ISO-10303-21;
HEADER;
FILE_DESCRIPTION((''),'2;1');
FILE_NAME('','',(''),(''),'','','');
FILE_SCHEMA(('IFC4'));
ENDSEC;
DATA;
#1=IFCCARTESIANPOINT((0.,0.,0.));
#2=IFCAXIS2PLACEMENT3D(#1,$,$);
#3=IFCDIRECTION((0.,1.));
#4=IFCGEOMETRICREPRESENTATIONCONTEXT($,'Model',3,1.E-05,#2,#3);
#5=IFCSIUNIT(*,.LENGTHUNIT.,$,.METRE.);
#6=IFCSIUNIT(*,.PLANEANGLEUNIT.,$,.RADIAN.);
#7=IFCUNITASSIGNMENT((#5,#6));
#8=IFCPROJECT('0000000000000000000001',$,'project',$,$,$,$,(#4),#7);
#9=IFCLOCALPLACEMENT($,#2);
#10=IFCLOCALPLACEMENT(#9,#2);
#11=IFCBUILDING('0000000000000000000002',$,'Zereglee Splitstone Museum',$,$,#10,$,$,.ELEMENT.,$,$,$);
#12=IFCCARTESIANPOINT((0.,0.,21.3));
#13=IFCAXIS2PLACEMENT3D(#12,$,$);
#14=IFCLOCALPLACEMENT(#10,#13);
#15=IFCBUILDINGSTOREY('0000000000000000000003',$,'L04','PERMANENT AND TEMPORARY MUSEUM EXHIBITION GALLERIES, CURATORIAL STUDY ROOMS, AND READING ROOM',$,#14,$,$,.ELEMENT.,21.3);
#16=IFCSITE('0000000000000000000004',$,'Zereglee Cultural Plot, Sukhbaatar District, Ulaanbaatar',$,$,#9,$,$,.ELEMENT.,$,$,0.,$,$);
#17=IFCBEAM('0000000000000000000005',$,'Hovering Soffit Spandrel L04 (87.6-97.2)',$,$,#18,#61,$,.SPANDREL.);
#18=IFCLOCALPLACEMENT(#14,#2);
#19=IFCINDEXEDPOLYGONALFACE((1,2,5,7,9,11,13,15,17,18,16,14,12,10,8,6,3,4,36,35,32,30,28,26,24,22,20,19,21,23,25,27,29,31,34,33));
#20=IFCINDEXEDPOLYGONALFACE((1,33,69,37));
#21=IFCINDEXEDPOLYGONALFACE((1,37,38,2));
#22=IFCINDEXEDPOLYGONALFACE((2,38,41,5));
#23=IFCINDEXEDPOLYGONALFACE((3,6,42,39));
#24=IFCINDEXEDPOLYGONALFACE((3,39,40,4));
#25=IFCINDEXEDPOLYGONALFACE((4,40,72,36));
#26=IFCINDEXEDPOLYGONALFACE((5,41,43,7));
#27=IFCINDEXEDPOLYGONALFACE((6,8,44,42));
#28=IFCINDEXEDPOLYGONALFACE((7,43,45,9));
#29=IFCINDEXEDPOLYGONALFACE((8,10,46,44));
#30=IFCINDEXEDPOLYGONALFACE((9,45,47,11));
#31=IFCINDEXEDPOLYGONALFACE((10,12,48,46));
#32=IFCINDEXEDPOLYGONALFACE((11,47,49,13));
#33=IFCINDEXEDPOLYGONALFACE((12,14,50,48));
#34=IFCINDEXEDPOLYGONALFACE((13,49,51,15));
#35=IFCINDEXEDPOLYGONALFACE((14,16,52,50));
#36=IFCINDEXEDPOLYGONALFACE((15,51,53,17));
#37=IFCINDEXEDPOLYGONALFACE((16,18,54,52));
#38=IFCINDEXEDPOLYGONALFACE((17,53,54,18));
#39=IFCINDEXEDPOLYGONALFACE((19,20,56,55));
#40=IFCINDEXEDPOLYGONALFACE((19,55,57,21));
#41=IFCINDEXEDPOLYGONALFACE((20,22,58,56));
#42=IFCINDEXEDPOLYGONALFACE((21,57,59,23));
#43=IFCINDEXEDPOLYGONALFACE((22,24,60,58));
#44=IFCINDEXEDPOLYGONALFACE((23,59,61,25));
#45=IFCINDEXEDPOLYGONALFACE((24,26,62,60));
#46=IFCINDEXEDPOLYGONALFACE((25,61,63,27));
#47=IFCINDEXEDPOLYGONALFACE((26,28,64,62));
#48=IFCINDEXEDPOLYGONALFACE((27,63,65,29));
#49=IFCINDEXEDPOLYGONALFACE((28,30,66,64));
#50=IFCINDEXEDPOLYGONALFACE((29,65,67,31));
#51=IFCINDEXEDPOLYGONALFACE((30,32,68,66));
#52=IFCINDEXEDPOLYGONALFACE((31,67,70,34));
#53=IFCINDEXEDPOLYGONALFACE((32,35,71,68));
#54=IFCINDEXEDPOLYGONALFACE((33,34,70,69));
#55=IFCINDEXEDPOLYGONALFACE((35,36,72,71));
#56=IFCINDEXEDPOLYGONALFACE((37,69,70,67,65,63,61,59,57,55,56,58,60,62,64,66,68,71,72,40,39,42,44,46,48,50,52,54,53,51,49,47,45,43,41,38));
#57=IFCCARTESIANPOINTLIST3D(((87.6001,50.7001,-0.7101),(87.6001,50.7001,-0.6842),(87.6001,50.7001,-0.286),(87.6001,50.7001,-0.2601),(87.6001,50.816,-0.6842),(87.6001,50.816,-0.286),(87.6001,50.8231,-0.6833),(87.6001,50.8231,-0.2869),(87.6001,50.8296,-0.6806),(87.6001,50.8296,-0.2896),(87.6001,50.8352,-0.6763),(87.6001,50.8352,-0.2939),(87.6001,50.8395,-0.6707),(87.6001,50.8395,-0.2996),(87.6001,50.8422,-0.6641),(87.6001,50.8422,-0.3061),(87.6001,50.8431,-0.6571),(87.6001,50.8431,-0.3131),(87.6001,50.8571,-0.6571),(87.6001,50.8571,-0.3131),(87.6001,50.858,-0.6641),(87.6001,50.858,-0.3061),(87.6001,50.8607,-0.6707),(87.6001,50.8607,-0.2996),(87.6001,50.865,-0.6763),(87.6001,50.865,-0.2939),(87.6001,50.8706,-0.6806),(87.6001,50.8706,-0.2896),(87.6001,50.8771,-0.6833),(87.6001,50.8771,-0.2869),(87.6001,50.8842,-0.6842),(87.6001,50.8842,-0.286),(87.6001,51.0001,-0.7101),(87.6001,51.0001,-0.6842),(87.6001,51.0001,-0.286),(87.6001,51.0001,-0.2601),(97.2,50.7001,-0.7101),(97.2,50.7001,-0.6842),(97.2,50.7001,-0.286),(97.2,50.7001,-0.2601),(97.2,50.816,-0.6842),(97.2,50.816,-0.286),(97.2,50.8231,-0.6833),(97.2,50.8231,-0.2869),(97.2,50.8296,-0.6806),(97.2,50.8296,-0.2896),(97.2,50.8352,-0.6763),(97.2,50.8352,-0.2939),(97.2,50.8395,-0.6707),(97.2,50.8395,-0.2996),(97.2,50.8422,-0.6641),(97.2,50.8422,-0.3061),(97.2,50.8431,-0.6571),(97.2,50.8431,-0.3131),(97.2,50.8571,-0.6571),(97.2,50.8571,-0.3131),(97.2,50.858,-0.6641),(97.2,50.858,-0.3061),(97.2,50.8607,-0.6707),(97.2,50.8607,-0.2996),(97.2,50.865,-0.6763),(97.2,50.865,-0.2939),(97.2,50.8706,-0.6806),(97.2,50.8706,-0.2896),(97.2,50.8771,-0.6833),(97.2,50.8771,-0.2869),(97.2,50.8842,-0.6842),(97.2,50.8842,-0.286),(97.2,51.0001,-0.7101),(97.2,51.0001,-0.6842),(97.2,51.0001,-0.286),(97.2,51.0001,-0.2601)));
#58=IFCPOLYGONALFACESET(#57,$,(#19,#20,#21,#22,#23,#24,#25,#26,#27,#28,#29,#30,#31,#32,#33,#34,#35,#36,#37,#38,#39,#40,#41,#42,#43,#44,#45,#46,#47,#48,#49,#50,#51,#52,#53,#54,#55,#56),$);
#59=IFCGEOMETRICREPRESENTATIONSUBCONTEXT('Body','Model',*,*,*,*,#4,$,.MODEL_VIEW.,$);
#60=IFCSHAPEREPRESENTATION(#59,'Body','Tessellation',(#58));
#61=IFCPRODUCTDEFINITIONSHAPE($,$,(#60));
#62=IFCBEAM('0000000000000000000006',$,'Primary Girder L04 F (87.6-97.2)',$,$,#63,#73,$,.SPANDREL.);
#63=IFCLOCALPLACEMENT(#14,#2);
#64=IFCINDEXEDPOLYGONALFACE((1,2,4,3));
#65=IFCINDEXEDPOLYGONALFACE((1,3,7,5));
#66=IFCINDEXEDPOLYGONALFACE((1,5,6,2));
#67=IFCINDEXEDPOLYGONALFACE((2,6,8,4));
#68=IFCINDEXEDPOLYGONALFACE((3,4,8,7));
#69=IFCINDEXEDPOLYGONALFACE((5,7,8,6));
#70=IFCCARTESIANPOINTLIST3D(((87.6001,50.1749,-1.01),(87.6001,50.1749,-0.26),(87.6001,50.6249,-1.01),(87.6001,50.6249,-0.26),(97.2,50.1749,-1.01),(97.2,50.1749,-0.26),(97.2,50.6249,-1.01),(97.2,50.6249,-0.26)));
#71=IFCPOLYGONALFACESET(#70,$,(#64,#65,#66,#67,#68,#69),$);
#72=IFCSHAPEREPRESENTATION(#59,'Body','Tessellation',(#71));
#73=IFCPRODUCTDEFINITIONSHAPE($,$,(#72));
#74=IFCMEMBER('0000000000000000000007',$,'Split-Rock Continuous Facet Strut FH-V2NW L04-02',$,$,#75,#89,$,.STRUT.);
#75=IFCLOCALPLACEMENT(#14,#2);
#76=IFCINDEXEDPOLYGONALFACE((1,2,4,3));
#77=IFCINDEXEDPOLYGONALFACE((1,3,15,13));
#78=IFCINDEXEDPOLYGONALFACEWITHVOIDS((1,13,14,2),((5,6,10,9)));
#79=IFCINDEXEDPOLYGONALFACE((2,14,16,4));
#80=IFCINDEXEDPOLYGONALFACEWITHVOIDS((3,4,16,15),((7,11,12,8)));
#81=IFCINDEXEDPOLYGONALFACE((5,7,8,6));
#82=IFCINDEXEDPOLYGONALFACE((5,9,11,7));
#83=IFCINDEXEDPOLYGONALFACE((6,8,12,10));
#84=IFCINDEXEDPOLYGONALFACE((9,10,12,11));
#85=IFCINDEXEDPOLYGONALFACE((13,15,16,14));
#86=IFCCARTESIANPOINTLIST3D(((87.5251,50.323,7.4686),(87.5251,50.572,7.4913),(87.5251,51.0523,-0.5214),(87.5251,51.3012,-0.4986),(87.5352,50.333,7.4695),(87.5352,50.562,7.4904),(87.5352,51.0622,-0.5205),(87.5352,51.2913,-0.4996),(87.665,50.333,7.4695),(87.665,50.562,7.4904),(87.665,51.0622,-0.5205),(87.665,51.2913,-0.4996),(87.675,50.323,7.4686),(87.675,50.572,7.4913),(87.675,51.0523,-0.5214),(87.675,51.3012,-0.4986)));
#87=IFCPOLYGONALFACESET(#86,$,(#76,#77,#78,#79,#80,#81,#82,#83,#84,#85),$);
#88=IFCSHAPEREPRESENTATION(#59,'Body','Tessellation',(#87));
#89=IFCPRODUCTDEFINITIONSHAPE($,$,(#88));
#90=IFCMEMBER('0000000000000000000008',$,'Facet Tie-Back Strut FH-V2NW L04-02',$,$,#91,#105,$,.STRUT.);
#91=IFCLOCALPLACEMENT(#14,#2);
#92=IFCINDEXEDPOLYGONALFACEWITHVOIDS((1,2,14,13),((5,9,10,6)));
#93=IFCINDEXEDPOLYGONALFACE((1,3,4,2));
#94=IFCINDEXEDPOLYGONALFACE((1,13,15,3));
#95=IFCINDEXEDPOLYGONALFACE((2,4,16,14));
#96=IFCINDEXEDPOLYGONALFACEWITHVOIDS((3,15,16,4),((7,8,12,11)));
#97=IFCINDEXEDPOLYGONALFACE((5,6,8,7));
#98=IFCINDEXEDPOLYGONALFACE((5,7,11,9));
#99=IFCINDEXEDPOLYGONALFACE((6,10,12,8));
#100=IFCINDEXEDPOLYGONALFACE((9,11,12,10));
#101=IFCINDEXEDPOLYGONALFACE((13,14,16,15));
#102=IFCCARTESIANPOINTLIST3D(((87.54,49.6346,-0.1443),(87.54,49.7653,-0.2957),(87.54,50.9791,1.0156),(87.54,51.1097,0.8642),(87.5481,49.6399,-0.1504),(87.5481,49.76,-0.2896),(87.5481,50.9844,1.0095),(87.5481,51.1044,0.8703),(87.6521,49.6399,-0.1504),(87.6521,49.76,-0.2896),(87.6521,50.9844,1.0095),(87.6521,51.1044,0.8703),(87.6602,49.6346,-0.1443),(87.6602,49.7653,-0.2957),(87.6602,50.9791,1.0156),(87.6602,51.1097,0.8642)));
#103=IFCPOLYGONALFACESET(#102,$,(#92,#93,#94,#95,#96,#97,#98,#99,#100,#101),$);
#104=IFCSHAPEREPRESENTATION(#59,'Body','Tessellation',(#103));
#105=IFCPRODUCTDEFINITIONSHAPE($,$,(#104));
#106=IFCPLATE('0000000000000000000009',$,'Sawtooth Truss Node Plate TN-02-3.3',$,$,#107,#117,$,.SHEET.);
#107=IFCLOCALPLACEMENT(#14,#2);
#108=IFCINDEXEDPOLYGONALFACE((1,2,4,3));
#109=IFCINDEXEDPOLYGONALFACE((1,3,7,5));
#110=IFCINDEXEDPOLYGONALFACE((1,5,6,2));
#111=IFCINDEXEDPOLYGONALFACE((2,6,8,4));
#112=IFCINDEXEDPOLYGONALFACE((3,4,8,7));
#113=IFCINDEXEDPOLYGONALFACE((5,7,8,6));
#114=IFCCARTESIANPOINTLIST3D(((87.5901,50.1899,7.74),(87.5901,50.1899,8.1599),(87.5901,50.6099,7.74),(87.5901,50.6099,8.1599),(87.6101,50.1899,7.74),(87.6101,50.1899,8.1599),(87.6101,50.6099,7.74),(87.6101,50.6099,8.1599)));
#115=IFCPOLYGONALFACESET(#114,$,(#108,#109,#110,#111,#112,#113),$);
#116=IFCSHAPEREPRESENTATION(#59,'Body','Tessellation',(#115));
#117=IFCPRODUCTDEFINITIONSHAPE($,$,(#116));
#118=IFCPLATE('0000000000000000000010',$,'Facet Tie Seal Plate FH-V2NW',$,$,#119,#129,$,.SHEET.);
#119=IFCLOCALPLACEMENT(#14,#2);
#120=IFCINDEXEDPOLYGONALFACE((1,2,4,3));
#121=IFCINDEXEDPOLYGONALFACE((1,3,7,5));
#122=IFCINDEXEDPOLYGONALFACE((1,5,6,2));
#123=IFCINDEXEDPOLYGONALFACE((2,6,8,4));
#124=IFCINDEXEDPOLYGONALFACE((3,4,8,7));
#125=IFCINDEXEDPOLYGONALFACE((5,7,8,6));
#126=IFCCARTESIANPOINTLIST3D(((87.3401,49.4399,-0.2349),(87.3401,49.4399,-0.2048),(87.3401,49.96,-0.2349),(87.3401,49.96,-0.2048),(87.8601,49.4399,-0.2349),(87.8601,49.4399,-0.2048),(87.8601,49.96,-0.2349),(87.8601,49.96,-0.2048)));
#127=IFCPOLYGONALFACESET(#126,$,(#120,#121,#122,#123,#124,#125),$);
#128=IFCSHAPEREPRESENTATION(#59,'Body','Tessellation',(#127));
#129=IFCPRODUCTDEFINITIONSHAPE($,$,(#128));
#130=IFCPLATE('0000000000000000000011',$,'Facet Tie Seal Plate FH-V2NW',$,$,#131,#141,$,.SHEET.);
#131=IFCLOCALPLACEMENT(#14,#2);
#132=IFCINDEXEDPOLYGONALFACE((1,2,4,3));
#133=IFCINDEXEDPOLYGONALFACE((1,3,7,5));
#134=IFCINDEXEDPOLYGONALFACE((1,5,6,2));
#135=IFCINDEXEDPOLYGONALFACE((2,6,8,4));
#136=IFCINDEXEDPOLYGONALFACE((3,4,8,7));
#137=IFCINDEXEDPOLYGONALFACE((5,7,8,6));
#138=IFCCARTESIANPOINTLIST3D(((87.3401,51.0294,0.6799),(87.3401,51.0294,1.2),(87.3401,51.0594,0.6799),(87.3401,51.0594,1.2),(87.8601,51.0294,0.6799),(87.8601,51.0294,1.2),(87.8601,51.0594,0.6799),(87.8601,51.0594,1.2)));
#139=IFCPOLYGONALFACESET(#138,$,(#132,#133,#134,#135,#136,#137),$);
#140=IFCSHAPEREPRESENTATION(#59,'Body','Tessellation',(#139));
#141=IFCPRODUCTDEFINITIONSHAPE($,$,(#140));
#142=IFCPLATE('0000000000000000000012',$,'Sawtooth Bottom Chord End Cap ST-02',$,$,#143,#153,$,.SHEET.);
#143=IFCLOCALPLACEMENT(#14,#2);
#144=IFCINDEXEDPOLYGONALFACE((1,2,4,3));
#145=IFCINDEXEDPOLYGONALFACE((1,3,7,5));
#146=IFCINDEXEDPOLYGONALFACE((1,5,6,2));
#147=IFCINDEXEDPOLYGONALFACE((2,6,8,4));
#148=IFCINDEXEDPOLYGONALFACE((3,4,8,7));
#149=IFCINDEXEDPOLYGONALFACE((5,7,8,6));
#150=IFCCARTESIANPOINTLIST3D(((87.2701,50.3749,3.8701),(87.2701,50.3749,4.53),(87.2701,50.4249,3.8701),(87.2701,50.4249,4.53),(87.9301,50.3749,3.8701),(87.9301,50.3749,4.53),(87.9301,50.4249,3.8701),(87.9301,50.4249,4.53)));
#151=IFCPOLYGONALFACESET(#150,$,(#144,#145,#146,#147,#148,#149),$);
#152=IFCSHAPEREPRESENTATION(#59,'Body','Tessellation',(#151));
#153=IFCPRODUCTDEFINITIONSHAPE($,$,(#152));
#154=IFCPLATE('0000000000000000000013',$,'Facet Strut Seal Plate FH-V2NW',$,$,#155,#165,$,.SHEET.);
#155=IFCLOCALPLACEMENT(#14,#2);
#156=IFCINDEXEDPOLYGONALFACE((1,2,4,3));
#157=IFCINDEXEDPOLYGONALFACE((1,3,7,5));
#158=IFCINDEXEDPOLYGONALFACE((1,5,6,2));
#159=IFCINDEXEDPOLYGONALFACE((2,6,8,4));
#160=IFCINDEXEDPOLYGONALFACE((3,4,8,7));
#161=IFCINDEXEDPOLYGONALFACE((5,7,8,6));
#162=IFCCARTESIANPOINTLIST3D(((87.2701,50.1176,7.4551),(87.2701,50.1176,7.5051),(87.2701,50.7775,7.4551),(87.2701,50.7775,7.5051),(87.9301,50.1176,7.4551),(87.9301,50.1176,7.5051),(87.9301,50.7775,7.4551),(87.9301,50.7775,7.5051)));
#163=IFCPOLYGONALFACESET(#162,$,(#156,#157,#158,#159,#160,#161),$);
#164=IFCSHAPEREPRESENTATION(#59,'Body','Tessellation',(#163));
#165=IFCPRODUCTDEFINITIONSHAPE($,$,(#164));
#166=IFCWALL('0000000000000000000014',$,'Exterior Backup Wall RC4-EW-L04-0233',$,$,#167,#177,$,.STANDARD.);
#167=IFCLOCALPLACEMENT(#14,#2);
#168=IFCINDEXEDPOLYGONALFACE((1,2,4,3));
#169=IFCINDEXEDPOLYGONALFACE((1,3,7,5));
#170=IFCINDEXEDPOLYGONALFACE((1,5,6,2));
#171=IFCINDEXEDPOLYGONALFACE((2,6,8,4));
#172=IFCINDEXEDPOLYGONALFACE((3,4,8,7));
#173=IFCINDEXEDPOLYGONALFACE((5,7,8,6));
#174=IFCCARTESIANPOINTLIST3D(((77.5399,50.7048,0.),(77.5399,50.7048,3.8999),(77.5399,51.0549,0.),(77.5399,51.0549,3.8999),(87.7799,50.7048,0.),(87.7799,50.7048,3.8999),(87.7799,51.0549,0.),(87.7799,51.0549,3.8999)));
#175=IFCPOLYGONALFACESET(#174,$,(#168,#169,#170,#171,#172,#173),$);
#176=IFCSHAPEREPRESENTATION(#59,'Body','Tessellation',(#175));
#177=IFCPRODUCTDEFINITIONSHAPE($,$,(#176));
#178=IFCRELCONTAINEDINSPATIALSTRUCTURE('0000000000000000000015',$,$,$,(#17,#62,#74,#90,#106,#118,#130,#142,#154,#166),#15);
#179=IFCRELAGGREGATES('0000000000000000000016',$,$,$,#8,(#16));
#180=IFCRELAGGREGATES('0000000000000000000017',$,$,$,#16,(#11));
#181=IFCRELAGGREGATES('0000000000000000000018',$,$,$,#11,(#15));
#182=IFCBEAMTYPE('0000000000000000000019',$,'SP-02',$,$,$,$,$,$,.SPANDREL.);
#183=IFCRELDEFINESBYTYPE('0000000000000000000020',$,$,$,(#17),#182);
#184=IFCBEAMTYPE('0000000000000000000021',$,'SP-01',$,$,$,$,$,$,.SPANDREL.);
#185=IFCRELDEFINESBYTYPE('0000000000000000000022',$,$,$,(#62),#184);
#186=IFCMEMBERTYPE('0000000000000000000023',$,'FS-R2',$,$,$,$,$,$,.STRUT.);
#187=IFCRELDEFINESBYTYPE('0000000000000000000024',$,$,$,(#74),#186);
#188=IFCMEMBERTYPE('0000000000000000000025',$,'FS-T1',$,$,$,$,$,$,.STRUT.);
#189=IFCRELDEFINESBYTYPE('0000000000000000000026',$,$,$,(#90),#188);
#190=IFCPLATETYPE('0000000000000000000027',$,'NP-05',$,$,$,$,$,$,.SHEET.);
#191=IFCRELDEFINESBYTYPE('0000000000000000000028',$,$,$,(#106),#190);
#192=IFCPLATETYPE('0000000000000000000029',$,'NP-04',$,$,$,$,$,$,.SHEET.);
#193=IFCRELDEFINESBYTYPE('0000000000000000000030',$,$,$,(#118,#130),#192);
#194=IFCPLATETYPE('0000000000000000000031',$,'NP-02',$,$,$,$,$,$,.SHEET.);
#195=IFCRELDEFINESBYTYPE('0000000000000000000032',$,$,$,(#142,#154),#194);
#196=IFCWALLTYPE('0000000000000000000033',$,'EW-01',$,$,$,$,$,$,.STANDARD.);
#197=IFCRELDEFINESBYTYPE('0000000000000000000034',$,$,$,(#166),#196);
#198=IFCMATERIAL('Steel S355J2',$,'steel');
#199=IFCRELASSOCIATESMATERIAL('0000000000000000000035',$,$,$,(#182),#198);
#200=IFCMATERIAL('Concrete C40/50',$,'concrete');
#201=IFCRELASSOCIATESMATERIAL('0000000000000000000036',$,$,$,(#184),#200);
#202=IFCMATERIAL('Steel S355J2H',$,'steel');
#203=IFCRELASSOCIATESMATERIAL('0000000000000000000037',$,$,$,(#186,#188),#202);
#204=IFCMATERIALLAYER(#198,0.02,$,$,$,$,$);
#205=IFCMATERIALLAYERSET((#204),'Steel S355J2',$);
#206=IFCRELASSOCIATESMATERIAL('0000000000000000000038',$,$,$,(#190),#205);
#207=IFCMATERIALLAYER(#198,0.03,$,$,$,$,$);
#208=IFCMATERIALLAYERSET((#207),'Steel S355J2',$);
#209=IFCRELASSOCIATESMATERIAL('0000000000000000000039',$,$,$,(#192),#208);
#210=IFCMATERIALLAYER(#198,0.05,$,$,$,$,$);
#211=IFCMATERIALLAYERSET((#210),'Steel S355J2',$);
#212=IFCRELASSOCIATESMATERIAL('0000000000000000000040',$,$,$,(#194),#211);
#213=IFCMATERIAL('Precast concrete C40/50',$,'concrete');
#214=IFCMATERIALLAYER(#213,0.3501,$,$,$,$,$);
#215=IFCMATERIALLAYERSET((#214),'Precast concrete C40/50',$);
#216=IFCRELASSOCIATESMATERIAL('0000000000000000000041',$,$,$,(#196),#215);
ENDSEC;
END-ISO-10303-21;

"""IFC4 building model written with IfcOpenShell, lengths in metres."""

from ifc_helpers import new_model, si_unit, direction, frame, frame_2d, origin, origin_2d, place, context, subcontext, project, spatial, rectangle, hollow_rectangle, i_section, extrude, material, layer, layer_set, material_profile, profile_set, type_object, element, save


model = new_model("IFC4")

# Units and contexts
model_context = context("Model", 3, precision=1e-05, world=origin(), true_north=direction((0.0, 1.0)))
body_context = subcontext(model_context, "Body", "Model", "MODEL_VIEW")
ifc_project = project(units=[si_unit("LENGTHUNIT", "METRE"), si_unit("PLANEANGLEUNIT", "RADIAN")], contexts=[model_context])

# Site, building, storey
site_placement = place(None, origin())
site = spatial("IfcSite", under=ifc_project, at=site_placement, Name="Zereglee Cultural Plot, Sukhbaatar District, Ulaanbaatar", CompositionType="ELEMENT", RefElevation=0.0)
building_placement = place(site_placement, origin())
building = spatial("IfcBuilding", under=site, at=building_placement, Name="Zereglee Splitstone Museum", CompositionType="ELEMENT")
storey_placement = place(building_placement, frame((0.0, 0.0, 21.3)))
storey = spatial("IfcBuildingStorey", under=building, at=storey_placement, Name="L04", Description="PERMANENT AND TEMPORARY MUSEUM EXHIBITION GALLERIES, CURATORIAL STUDY ROOMS, AND READING ROOM", CompositionType="ELEMENT", Elevation=21.3)

# Shared definitions
ifc_material_1 = material(Name="Steel S355J2", Category="steel")

# Shared definitions
ifc_material_2 = material(Name="Steel S355J2H", Category="steel")

# Beams
ifc_material_profile_1 = material_profile(ifc_material_1, i_section(OverallWidth=0.3, OverallDepth=0.45, WebThickness=0.0139, FlangeThickness=0.0259, FilletRadius=0.0271, at=origin_2d()), Name="HE 450 B")
ifc_profile_set_1 = profile_set([ifc_material_profile_1], Name="Steel S355J2")
beam_type_1 = type_object("IfcBeamType", Name="SP-02", PredefinedType="SPANDREL", material=ifc_profile_set_1)
beam_1_placement = place(storey_placement, frame((87.6001, 50.8501, -0.4851), z_axis=(1.0, 0.0, 0.0), x_axis=(0.0, 1.0, 0.0)))
element("IfcBeam", 1, at=beam_1_placement, inside=storey, type_object=beam_type_1, Name="Hovering Soffit Spandrel L04 (87.6-97.2)", PredefinedType="SPANDREL", context=body_context, shape_type="SweptSolid", body=[
    extrude(i_section(OverallWidth=0.3, OverallDepth=0.45, WebThickness=0.0139, FlangeThickness=0.0259, FilletRadius=0.0271, at=origin_2d()), origin(), (0.0, 0.0, 1.0), 9.5999),
])
ifc_material_3 = material(Name="Concrete C40/50", Category="concrete")
ifc_material_profile_2 = material_profile(ifc_material_3, rectangle(XDim=0.45, YDim=0.75, at=origin_2d()), Name="RC 450x750")
ifc_profile_set_2 = profile_set([ifc_material_profile_2], Name="Concrete C40/50")
beam_type_2 = type_object("IfcBeamType", Name="SP-01", PredefinedType="SPANDREL", material=ifc_profile_set_2)
beam_2_placement = place(storey_placement, frame((87.6001, 50.3999, -0.635), z_axis=(1.0, 0.0, 0.0), x_axis=(0.0, 1.0, 0.0)))
element("IfcBeam", 2, at=beam_2_placement, inside=storey, type_object=beam_type_2, Name="Primary Girder L04 F (87.6-97.2)", PredefinedType="SPANDREL", context=body_context, shape_type="SweptSolid", body=[
    extrude(rectangle(XDim=0.45, YDim=0.75, at=origin_2d()), origin(), (0.0, 0.0, 1.0), 9.5999),
])

# Members
ifc_material_profile_3 = material_profile(ifc_material_2, hollow_rectangle(XDim=0.1499, YDim=0.25, WallThickness=0.01, at=origin_2d()), Name="RHS 250x150x10")
ifc_profile_set_3 = profile_set([ifc_material_profile_3], Name="Steel S355J2H")
member_type_1 = type_object("IfcMemberType", Name="FS-R2", PredefinedType="STRUT", material=ifc_profile_set_3)
member_1_placement = place(storey_placement, frame((87.6001, 51.1768, -0.51), z_axis=(0.0, -0.090892, 0.995861), x_axis=(1.0, 0.0, 0.0)))
element("IfcMember", 3, at=member_1_placement, inside=storey, type_object=member_type_1, Name="Split-Rock Continuous Facet Strut FH-V2NW L04-02", PredefinedType="STRUT", context=body_context, shape_type="SweptSolid", body=[
    extrude(hollow_rectangle(XDim=0.1499, YDim=0.25, WallThickness=0.01, at=origin_2d()), origin(), (0.0, 0.0, 1.0), 8.0232),
])
ifc_material_profile_4 = material_profile(ifc_material_2, hollow_rectangle(XDim=0.1201, YDim=0.2, WallThickness=0.0081, at=origin_2d()), Name="RHS 200x120x8")
ifc_profile_set_4 = profile_set([ifc_material_profile_4], Name="Steel S355J2H")
member_type_2 = type_object("IfcMemberType", Name="FS-T1", PredefinedType="STRUT", material=ifc_profile_set_4)
member_2_placement = place(storey_placement, frame((87.6001, 49.7, -0.22), z_axis=(0.0, 0.757166, 0.653222), x_axis=(-1.0, 0.0, 0.0)))
element("IfcMember", 4, at=member_2_placement, inside=storey, type_object=member_type_2, Name="Facet Tie-Back Strut FH-V2NW L04-02", PredefinedType="STRUT", context=body_context, shape_type="SweptSolid", body=[
    extrude(hollow_rectangle(XDim=0.1201, YDim=0.2, WallThickness=0.0081, at=origin_2d()), origin(), (0.0, 0.0, 1.0), 1.7756),
])

# Plates
ifc_layer_1 = layer(ifc_material_1, 0.02)
ifc_layer_set_1 = layer_set([ifc_layer_1], Name="Steel S355J2")
plate_type_1 = type_object("IfcPlateType", Name="NP-05", PredefinedType="SHEET", material=ifc_layer_set_1)
plate_1_placement = place(storey_placement, frame((87.6001, 50.3999, 7.74), z_axis=(0.0, 0.0, 1.0), x_axis=(1.0, 0.0, 0.0)))
element("IfcPlate", 5, at=plate_1_placement, inside=storey, type_object=plate_type_1, Name="Sawtooth Truss Node Plate TN-02-3.3", PredefinedType="SHEET", context=body_context, shape_type="SweptSolid", body=[
    extrude(rectangle(XDim=0.02, YDim=0.4199, at=origin_2d()), origin(), (0.0, 0.0, 1.0), 0.4199),
])
ifc_layer_2 = layer(ifc_material_1, 0.03)
ifc_layer_set_2 = layer_set([ifc_layer_2], Name="Steel S355J2")
plate_type_2 = type_object("IfcPlateType", Name="NP-04", PredefinedType="SHEET", material=ifc_layer_set_2)
plate_2_placement = place(storey_placement, frame((87.6001, 49.7, -0.2349), z_axis=(0.0, 0.0, 1.0), x_axis=(1.0, 0.0, 0.0)))
element("IfcPlate", 6, at=plate_2_placement, inside=storey, type_object=plate_type_2, Name="Facet Tie Seal Plate FH-V2NW", PredefinedType="SHEET", context=body_context, shape_type="SweptSolid", body=[
    extrude(rectangle(XDim=0.52, YDim=0.52, at=origin_2d()), origin(), (0.0, 0.0, 1.0), 0.03),
])
plate_3_placement = place(storey_placement, frame((87.6001, 51.0444, 0.6799), z_axis=(0.0, 0.0, 1.0), x_axis=(1.0, 0.0, 0.0)))
element("IfcPlate", 7, at=plate_3_placement, inside=storey, type_object=plate_type_2, Name="Facet Tie Seal Plate FH-V2NW", PredefinedType="SHEET", context=body_context, shape_type="SweptSolid", body=[
    extrude(rectangle(XDim=0.52, YDim=0.03, at=origin_2d()), origin(), (0.0, 0.0, 1.0), 0.52),
])
ifc_layer_3 = layer(ifc_material_1, 0.05)
ifc_layer_set_3 = layer_set([ifc_layer_3], Name="Steel S355J2")
plate_type_3 = type_object("IfcPlateType", Name="NP-02", PredefinedType="SHEET", material=ifc_layer_set_3)
plate_4_placement = place(storey_placement, frame((87.6001, 50.3999, 3.8701), z_axis=(0.0, 0.0, 1.0), x_axis=(1.0, 0.0, 0.0)))
element("IfcPlate", 8, at=plate_4_placement, inside=storey, type_object=plate_type_3, Name="Sawtooth Bottom Chord End Cap ST-02", PredefinedType="SHEET", context=body_context, shape_type="SweptSolid", body=[
    extrude(rectangle(XDim=0.6599, YDim=0.05, at=origin_2d()), origin(), (0.0, 0.0, 1.0), 0.6599),
])
plate_5_placement = place(storey_placement, frame((87.6001, 50.4475, 7.4551), z_axis=(0.0, 0.0, 1.0), x_axis=(1.0, 0.0, 0.0)))
element("IfcPlate", 9, at=plate_5_placement, inside=storey, type_object=plate_type_3, Name="Facet Strut Seal Plate FH-V2NW", PredefinedType="SHEET", context=body_context, shape_type="SweptSolid", body=[
    extrude(rectangle(XDim=0.6599, YDim=0.6599, at=origin_2d()), origin(), (0.0, 0.0, 1.0), 0.05),
])

# Wall
ifc_material_4 = material(Name="Precast concrete C40/50", Category="concrete")
ifc_layer_4 = layer(ifc_material_4, 0.3501)
ifc_layer_set_4 = layer_set([ifc_layer_4], Name="Precast concrete C40/50")
wall_type_1 = type_object("IfcWallType", Name="EW-01", PredefinedType="STANDARD", material=ifc_layer_set_4)
wall_1_placement = place(storey_placement, frame((87.78, 50.8799, 0.0), z_axis=(0.0, 0.0, 1.0), x_axis=(-1.0, 0.0, 0.0)))
element("IfcWall", 10, at=wall_1_placement, inside=storey, type_object=wall_type_1, Name="Exterior Backup Wall RC4-EW-L04-0233", PredefinedType="STANDARD", context=body_context, shape_type="SweptSolid", body=[
    extrude(rectangle(XDim=10.24, YDim=0.3501, at=frame_2d((5.1201, 0.0))), origin(), (0.0, 0.0, 1.0), 3.8999),
])

save(model, "model.ifc")
